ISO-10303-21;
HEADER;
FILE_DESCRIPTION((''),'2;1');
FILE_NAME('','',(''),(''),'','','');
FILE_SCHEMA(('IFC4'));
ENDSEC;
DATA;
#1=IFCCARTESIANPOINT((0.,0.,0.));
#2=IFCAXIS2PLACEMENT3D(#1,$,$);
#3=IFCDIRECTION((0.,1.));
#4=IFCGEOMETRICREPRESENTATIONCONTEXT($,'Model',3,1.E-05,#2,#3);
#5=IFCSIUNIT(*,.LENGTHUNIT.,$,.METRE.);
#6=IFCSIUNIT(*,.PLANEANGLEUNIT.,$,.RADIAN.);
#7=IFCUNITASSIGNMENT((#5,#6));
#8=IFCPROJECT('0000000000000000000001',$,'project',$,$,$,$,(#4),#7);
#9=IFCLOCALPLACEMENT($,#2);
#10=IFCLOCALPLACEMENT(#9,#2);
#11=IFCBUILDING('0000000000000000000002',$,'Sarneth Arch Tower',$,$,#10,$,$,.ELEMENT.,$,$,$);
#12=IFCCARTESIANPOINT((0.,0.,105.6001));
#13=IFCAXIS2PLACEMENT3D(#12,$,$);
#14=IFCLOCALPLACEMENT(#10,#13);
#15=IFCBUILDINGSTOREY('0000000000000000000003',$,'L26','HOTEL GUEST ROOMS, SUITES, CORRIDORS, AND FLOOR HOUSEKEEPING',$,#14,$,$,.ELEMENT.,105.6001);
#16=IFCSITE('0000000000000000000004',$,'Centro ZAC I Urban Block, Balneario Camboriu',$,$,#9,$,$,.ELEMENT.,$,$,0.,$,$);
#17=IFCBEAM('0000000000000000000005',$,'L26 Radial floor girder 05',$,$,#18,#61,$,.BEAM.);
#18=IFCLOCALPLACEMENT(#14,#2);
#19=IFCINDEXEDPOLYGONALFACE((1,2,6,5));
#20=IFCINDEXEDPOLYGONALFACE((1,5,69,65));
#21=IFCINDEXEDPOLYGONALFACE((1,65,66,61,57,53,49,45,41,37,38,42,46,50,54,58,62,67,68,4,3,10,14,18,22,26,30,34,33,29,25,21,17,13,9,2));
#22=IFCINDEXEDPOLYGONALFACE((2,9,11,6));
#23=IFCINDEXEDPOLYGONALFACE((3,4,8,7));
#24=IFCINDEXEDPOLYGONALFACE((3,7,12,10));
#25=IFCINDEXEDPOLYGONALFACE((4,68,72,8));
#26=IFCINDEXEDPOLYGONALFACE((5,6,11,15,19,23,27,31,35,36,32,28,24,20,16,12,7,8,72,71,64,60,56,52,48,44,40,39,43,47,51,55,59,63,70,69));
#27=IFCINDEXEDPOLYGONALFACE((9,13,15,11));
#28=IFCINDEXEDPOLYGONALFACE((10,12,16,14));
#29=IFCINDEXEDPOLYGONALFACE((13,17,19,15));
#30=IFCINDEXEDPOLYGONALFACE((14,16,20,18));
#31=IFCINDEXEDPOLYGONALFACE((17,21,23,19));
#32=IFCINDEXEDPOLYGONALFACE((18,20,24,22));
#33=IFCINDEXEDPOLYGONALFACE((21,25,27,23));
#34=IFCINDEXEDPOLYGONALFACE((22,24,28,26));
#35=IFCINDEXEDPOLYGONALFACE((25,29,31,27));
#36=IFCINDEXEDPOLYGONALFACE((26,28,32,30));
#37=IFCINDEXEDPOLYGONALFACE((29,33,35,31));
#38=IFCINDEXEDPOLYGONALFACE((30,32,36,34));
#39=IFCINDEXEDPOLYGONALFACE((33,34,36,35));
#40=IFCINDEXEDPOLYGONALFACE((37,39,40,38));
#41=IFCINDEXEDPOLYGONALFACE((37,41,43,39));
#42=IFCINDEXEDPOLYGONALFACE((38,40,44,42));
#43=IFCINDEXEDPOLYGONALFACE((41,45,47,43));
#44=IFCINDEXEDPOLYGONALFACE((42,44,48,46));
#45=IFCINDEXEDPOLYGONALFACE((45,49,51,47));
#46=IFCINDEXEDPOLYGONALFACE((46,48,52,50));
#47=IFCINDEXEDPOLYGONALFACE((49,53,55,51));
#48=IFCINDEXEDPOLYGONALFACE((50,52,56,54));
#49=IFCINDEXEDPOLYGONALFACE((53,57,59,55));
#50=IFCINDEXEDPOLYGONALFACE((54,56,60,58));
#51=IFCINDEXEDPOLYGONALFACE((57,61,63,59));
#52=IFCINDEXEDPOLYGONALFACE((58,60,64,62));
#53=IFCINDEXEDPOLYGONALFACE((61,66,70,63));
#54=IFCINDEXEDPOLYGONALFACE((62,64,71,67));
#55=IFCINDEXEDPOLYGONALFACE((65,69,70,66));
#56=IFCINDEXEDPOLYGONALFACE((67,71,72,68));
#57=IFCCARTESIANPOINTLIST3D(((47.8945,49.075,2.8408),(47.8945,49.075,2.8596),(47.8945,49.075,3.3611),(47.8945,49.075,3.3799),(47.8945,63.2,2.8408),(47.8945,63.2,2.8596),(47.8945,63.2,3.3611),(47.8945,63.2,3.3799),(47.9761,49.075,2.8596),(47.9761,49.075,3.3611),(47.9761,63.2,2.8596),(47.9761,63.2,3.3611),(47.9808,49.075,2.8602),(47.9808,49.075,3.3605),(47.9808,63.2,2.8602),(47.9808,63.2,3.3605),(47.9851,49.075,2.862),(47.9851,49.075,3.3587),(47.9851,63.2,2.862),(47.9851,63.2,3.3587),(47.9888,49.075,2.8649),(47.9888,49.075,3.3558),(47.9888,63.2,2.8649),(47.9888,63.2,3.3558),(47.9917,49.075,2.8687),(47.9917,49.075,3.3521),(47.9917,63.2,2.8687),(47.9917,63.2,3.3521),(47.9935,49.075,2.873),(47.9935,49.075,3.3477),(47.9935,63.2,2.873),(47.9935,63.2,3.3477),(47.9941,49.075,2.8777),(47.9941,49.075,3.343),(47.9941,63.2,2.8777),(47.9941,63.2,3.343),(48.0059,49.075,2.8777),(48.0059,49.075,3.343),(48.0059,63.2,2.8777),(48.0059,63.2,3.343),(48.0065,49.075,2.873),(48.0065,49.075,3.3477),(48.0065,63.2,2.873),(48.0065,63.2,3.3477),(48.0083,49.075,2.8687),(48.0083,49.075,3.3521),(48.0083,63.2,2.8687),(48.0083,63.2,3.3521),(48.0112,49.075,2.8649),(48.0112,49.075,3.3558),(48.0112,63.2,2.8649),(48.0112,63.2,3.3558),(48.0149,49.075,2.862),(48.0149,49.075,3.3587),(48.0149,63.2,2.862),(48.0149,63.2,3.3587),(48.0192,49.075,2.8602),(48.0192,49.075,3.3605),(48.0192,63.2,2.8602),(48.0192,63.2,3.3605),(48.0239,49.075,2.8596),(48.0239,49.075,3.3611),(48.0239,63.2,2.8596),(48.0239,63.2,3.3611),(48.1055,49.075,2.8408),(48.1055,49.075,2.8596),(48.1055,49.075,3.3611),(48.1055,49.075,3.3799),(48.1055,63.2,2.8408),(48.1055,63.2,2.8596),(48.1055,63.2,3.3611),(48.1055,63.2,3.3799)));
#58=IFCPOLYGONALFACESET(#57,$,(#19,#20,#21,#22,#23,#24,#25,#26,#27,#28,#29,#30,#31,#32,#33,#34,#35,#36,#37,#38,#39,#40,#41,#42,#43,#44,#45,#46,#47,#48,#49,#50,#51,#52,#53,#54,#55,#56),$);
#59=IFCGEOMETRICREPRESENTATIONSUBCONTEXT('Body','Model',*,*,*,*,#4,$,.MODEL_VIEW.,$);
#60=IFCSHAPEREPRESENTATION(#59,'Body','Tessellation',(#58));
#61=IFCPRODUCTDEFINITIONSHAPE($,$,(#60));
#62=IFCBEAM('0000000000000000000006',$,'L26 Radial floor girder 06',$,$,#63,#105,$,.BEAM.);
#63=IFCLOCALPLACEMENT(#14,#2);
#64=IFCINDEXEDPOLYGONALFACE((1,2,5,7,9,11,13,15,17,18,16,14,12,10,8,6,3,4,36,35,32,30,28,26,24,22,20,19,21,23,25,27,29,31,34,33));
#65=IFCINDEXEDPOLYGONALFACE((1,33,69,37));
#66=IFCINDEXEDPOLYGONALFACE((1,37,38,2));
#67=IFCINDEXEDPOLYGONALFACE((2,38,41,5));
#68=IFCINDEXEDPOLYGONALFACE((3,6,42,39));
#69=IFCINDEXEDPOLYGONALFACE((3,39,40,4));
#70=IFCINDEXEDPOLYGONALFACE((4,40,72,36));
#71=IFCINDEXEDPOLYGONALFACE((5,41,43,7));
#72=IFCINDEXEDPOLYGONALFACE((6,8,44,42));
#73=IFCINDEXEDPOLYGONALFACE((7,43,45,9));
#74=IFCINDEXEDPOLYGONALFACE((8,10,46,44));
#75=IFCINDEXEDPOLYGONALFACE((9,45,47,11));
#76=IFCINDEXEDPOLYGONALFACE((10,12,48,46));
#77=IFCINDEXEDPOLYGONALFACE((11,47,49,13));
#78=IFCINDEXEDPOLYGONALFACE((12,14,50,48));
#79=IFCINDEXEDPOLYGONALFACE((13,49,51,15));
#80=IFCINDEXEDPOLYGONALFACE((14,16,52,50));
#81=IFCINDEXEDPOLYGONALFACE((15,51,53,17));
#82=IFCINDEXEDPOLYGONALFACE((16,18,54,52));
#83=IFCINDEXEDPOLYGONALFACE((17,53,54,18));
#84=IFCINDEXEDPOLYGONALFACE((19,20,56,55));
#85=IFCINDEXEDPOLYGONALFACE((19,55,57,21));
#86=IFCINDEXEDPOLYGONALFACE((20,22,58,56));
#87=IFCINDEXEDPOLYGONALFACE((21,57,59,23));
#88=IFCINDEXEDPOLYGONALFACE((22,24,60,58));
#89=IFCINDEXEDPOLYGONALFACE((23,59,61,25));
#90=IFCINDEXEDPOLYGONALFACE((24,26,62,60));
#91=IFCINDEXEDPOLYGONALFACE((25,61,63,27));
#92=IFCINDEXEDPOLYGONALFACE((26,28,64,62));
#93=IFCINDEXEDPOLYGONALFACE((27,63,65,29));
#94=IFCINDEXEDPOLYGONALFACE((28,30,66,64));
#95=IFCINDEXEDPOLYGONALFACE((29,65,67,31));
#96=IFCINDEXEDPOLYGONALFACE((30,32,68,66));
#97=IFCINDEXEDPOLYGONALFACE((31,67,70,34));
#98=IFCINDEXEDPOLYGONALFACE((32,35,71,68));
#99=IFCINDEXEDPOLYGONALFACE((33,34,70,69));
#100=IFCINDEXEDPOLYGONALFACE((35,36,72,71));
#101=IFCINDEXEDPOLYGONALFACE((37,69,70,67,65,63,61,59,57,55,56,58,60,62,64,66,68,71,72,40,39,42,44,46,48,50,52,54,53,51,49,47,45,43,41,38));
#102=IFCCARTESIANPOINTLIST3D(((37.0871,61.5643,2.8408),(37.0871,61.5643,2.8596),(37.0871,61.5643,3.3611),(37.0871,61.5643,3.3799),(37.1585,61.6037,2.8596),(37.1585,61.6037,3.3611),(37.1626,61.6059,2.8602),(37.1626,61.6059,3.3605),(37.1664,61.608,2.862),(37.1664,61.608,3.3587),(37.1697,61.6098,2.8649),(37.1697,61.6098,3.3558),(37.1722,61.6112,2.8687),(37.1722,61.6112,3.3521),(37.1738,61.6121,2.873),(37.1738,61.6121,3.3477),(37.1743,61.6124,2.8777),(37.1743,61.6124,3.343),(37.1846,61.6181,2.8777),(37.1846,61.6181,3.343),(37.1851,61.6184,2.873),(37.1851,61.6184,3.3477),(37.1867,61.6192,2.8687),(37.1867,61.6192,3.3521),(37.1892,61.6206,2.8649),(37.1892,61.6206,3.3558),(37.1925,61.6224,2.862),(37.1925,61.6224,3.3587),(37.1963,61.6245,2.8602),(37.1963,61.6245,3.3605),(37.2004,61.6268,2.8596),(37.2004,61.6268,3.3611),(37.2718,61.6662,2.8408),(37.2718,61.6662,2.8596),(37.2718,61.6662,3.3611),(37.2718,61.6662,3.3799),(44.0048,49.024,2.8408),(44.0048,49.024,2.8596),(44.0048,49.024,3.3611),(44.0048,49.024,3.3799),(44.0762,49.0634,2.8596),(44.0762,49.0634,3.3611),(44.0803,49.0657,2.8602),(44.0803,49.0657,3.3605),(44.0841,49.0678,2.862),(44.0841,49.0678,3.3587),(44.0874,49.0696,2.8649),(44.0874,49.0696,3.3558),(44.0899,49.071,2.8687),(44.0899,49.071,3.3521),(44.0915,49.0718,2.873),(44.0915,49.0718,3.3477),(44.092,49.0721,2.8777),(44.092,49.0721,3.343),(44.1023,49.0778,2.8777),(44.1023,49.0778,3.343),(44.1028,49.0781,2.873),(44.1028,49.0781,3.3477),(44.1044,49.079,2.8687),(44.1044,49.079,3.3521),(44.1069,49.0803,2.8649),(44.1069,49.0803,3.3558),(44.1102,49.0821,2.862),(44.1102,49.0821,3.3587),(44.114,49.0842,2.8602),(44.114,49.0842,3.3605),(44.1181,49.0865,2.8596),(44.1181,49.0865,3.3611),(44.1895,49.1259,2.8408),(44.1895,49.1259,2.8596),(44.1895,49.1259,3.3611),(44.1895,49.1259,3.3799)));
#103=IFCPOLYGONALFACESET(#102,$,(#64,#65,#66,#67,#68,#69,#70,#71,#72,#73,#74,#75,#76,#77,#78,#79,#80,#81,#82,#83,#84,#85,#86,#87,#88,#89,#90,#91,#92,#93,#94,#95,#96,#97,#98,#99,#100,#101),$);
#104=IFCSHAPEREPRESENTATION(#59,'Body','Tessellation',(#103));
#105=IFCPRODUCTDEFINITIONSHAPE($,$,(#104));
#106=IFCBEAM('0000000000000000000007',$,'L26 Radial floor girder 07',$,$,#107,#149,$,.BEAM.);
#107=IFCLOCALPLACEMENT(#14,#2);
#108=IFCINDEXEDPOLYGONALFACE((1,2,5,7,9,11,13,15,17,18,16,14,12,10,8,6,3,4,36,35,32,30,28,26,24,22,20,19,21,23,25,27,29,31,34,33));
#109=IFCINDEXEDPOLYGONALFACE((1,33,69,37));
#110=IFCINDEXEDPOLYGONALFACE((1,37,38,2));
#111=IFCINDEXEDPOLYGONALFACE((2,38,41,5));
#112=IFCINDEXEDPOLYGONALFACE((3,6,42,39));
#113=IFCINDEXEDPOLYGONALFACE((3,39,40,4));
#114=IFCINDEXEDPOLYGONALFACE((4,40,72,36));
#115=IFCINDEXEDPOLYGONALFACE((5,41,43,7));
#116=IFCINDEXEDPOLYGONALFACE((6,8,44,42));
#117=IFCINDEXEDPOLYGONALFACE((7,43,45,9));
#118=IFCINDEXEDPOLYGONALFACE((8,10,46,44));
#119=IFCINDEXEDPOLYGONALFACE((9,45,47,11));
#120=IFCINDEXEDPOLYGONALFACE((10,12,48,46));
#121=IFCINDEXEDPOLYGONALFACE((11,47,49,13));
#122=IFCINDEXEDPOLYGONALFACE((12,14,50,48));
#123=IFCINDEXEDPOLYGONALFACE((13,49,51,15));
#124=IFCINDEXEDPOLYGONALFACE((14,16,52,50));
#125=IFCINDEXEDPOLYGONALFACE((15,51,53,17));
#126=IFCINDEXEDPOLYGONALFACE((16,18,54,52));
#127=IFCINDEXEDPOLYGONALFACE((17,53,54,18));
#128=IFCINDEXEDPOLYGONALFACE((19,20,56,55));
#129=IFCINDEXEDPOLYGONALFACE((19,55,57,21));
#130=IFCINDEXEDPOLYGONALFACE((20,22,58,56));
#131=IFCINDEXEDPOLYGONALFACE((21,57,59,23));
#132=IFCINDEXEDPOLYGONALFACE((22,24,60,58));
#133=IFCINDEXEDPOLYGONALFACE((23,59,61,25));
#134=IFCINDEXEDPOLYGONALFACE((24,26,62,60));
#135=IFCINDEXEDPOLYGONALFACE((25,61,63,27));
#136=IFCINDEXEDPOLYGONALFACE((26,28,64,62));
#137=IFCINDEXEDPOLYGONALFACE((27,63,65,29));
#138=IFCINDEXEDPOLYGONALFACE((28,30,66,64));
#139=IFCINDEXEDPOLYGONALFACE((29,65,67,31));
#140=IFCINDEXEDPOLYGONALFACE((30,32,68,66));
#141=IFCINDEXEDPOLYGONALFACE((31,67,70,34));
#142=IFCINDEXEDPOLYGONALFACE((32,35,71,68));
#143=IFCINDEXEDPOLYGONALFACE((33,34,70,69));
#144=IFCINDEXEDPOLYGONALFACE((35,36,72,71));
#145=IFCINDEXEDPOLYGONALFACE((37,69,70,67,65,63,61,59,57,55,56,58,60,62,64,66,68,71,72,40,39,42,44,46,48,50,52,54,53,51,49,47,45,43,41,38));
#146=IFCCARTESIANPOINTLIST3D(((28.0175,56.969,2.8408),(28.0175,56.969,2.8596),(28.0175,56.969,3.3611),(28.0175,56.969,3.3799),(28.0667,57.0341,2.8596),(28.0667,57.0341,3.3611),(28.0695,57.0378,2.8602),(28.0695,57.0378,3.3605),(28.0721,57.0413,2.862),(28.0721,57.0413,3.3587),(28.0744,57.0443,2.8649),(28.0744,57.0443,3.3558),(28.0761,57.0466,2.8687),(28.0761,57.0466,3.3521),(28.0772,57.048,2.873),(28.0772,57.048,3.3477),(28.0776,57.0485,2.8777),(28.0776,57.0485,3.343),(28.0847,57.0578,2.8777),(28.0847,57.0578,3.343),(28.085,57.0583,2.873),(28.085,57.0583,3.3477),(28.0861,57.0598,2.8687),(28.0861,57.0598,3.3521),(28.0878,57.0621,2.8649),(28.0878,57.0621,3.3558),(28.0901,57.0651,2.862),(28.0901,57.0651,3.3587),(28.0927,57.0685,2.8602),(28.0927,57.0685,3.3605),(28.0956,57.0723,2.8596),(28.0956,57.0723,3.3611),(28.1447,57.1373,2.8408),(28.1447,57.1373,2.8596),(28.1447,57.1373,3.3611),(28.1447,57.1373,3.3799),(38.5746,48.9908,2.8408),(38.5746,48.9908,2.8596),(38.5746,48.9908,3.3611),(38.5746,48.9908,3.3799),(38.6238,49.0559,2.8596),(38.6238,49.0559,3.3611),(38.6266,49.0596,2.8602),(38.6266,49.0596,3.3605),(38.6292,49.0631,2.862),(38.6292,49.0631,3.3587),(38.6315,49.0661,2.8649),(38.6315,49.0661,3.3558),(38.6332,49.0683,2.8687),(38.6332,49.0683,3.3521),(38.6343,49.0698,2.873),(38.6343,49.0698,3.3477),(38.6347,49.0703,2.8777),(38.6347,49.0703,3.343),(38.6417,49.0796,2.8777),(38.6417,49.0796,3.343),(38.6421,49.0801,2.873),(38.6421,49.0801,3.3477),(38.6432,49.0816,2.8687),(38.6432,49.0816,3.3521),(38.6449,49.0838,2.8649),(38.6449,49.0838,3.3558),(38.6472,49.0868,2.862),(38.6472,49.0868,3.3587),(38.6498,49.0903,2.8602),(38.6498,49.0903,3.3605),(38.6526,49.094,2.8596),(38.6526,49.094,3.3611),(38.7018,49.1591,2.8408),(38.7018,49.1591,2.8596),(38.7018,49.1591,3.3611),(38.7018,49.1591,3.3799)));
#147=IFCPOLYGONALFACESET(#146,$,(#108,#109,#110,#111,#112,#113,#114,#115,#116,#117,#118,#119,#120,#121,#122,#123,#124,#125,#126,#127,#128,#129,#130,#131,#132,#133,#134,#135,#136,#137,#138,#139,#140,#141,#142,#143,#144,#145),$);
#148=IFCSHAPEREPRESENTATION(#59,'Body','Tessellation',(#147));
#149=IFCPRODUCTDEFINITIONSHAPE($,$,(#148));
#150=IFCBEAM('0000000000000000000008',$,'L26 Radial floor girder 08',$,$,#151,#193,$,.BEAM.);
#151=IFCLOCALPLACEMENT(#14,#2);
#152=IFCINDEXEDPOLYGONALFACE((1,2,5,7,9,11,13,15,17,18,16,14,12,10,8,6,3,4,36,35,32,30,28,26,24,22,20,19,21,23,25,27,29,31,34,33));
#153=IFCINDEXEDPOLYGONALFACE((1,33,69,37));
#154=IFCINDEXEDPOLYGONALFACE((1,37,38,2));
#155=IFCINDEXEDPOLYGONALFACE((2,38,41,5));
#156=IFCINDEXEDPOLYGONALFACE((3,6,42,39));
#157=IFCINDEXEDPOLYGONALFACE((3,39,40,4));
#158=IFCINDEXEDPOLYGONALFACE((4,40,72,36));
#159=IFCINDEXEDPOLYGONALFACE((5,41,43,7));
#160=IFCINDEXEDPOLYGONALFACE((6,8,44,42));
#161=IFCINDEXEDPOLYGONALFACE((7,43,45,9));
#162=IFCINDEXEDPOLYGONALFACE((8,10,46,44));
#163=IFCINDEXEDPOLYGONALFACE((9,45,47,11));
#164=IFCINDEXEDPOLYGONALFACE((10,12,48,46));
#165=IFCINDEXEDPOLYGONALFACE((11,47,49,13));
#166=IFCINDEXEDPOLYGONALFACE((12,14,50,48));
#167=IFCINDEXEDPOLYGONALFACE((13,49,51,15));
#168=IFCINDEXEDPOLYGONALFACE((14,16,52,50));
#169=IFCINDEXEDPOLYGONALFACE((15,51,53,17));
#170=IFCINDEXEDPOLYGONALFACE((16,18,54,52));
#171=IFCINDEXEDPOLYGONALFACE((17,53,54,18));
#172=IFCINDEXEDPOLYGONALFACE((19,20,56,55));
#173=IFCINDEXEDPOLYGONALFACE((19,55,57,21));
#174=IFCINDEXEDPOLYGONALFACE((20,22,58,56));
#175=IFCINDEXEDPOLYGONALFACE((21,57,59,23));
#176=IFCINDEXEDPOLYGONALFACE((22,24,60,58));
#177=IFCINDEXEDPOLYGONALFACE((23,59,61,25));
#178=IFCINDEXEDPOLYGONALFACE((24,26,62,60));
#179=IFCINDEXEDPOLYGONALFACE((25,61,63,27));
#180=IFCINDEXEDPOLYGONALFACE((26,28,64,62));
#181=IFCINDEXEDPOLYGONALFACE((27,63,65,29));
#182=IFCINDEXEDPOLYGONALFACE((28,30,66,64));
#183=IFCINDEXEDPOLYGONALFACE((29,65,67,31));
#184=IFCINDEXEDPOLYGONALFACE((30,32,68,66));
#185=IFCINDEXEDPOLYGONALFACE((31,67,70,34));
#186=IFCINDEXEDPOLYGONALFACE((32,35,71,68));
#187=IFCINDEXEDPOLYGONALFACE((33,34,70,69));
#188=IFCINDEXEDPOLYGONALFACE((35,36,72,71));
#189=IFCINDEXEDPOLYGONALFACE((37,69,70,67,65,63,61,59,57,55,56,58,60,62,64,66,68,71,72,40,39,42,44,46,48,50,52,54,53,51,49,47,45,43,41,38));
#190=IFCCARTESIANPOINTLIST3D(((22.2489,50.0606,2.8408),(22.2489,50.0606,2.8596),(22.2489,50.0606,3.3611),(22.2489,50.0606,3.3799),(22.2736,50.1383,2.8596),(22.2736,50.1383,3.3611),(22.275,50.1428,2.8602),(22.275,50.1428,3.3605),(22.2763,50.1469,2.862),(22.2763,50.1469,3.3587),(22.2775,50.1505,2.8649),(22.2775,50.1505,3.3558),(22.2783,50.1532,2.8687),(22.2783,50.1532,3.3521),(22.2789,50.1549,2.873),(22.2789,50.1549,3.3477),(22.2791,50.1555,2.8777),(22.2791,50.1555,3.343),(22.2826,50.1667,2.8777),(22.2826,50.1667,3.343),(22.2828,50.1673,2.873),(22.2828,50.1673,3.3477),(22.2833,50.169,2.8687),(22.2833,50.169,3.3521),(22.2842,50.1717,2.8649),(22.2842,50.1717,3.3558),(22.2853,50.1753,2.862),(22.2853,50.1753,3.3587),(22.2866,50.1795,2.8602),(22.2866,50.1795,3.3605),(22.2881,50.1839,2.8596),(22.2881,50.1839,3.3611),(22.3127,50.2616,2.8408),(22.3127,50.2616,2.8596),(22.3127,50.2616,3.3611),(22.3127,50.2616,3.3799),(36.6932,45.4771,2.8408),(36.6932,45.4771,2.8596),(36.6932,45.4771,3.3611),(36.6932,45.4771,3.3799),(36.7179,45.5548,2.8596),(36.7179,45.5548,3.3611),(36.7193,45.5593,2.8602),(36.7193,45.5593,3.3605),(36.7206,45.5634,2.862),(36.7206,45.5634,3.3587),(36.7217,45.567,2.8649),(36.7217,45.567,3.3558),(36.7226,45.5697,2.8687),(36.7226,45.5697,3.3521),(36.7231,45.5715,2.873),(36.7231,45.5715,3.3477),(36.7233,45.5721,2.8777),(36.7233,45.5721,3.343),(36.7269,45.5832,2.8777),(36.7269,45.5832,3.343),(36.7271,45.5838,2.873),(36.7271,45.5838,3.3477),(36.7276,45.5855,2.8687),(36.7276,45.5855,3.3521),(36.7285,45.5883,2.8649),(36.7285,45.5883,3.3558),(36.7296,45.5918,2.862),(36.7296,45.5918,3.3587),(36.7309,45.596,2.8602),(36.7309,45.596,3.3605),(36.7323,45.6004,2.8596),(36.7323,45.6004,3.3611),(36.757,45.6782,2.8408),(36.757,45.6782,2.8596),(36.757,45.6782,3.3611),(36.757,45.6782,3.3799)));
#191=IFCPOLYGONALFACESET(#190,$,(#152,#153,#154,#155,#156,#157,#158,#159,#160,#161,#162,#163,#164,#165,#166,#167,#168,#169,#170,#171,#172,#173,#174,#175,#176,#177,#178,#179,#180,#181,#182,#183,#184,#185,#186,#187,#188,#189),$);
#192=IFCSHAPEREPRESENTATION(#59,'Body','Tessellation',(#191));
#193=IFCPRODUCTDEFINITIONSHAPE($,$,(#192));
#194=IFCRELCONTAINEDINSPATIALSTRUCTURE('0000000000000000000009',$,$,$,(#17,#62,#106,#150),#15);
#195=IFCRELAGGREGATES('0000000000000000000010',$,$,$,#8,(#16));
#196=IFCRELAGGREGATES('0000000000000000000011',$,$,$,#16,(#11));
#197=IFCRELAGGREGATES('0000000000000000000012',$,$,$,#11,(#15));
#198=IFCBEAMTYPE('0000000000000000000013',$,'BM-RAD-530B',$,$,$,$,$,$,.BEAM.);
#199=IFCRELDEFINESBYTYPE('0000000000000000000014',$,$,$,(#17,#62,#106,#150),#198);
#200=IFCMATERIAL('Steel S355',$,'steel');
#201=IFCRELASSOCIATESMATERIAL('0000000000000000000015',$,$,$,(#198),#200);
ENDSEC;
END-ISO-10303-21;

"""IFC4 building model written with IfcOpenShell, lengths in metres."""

from ifc_helpers import new_model, si_unit, direction, frame, origin, origin_2d, place, context, subcontext, project, spatial, i_section, extrude, material, material_profile, profile_set, type_object, element, save


model = new_model("IFC4")

# Units and contexts
model_context = context("Model", 3, precision=1e-05, world=origin(), true_north=direction((0.0, 1.0)))
body_context = subcontext(model_context, "Body", "Model", "MODEL_VIEW")
ifc_project = project(units=[si_unit("LENGTHUNIT", "METRE"), si_unit("PLANEANGLEUNIT", "RADIAN")], contexts=[model_context])

# Site, building, storey
site_placement = place(None, origin())
site = spatial("IfcSite", under=ifc_project, at=site_placement, Name="Centro ZAC I Urban Block, Balneario Camboriu", CompositionType="ELEMENT", RefElevation=0.0)
building_placement = place(site_placement, origin())
building = spatial("IfcBuilding", under=site, at=building_placement, Name="Sarneth Arch Tower", CompositionType="ELEMENT")
storey_placement = place(building_placement, frame((0.0, 0.0, 105.6001)))
storey = spatial("IfcBuildingStorey", under=building, at=storey_placement, Name="L26", Description="HOTEL GUEST ROOMS, SUITES, CORRIDORS, AND FLOOR HOUSEKEEPING", CompositionType="ELEMENT", Elevation=105.6001)

# Beams
ifc_material_1 = material(Name="Steel S355", Category="steel")
ifc_material_profile = material_profile(ifc_material_1, i_section(OverallWidth=0.2109, OverallDepth=0.5391, WebThickness=0.0117, FlangeThickness=0.0188, FilletRadius=0.0181, at=origin_2d()), Name="W530x109")
ifc_profile_set = profile_set([ifc_material_profile], Name="Steel S355")
beam_type = type_object("IfcBeamType", Name="BM-RAD-530B", PredefinedType="BEAM", material=ifc_profile_set)
beam_1_placement = place(storey_placement, frame((48.0, 49.075, 3.1104), z_axis=(0.0, 1.0, 0.0), x_axis=(-1.0, 0.0, 0.0)))
element("IfcBeam", 1, at=beam_1_placement, inside=storey, type_object=beam_type, Name="L26 Radial floor girder 05", PredefinedType="BEAM", context=body_context, shape_type="SweptSolid", body=[
    extrude(i_section(OverallWidth=0.2109, OverallDepth=0.5391, WebThickness=0.0117, FlangeThickness=0.0188, FilletRadius=0.0181, at=origin_2d()), origin(), (0.0, 0.0, 1.0), 14.125),
])
beam_2_placement = place(storey_placement, frame((44.0972, 49.075, 3.1104), z_axis=(-0.483021, 0.875609, 0.0), x_axis=(-0.875609, -0.483021, 0.0)))
element("IfcBeam", 2, at=beam_2_placement, inside=storey, type_object=beam_type, Name="L26 Radial floor girder 06", PredefinedType="BEAM", context=body_context, shape_type="SweptSolid", body=[
    extrude(i_section(OverallWidth=0.2109, OverallDepth=0.5391, WebThickness=0.0117, FlangeThickness=0.0188, FilletRadius=0.0181, at=origin_2d()), origin(), (0.0, 0.0, 1.0), 14.3218),
])
beam_3_placement = place(storey_placement, frame((38.6382, 49.075, 3.1104), z_axis=(-0.797803, 0.602918, 0.0), x_axis=(-0.602918, -0.797803, 0.0)))
element("IfcBeam", 3, at=beam_3_placement, inside=storey, type_object=beam_type, Name="L26 Radial floor girder 07", PredefinedType="BEAM", context=body_context, shape_type="SweptSolid", body=[
    extrude(i_section(OverallWidth=0.2109, OverallDepth=0.5391, WebThickness=0.0117, FlangeThickness=0.0188, FilletRadius=0.0181, at=origin_2d()), origin(), (0.0, 0.0, 1.0), 13.2327),
])
beam_4_placement = place(storey_placement, frame((36.7251, 45.5776, 3.1104), z_axis=(-0.953162, 0.302459, 0.0), x_axis=(-0.302459, -0.953162, 0.0)))
element("IfcBeam", 4, at=beam_4_placement, inside=storey, type_object=beam_type, Name="L26 Radial floor girder 08", PredefinedType="BEAM", context=body_context, shape_type="SweptSolid", body=[
    extrude(i_section(OverallWidth=0.2109, OverallDepth=0.5391, WebThickness=0.0117, FlangeThickness=0.0188, FilletRadius=0.0181, at=origin_2d()), origin(), (0.0, 0.0, 1.0), 15.1541),
])

save(model, "model.ifc")
